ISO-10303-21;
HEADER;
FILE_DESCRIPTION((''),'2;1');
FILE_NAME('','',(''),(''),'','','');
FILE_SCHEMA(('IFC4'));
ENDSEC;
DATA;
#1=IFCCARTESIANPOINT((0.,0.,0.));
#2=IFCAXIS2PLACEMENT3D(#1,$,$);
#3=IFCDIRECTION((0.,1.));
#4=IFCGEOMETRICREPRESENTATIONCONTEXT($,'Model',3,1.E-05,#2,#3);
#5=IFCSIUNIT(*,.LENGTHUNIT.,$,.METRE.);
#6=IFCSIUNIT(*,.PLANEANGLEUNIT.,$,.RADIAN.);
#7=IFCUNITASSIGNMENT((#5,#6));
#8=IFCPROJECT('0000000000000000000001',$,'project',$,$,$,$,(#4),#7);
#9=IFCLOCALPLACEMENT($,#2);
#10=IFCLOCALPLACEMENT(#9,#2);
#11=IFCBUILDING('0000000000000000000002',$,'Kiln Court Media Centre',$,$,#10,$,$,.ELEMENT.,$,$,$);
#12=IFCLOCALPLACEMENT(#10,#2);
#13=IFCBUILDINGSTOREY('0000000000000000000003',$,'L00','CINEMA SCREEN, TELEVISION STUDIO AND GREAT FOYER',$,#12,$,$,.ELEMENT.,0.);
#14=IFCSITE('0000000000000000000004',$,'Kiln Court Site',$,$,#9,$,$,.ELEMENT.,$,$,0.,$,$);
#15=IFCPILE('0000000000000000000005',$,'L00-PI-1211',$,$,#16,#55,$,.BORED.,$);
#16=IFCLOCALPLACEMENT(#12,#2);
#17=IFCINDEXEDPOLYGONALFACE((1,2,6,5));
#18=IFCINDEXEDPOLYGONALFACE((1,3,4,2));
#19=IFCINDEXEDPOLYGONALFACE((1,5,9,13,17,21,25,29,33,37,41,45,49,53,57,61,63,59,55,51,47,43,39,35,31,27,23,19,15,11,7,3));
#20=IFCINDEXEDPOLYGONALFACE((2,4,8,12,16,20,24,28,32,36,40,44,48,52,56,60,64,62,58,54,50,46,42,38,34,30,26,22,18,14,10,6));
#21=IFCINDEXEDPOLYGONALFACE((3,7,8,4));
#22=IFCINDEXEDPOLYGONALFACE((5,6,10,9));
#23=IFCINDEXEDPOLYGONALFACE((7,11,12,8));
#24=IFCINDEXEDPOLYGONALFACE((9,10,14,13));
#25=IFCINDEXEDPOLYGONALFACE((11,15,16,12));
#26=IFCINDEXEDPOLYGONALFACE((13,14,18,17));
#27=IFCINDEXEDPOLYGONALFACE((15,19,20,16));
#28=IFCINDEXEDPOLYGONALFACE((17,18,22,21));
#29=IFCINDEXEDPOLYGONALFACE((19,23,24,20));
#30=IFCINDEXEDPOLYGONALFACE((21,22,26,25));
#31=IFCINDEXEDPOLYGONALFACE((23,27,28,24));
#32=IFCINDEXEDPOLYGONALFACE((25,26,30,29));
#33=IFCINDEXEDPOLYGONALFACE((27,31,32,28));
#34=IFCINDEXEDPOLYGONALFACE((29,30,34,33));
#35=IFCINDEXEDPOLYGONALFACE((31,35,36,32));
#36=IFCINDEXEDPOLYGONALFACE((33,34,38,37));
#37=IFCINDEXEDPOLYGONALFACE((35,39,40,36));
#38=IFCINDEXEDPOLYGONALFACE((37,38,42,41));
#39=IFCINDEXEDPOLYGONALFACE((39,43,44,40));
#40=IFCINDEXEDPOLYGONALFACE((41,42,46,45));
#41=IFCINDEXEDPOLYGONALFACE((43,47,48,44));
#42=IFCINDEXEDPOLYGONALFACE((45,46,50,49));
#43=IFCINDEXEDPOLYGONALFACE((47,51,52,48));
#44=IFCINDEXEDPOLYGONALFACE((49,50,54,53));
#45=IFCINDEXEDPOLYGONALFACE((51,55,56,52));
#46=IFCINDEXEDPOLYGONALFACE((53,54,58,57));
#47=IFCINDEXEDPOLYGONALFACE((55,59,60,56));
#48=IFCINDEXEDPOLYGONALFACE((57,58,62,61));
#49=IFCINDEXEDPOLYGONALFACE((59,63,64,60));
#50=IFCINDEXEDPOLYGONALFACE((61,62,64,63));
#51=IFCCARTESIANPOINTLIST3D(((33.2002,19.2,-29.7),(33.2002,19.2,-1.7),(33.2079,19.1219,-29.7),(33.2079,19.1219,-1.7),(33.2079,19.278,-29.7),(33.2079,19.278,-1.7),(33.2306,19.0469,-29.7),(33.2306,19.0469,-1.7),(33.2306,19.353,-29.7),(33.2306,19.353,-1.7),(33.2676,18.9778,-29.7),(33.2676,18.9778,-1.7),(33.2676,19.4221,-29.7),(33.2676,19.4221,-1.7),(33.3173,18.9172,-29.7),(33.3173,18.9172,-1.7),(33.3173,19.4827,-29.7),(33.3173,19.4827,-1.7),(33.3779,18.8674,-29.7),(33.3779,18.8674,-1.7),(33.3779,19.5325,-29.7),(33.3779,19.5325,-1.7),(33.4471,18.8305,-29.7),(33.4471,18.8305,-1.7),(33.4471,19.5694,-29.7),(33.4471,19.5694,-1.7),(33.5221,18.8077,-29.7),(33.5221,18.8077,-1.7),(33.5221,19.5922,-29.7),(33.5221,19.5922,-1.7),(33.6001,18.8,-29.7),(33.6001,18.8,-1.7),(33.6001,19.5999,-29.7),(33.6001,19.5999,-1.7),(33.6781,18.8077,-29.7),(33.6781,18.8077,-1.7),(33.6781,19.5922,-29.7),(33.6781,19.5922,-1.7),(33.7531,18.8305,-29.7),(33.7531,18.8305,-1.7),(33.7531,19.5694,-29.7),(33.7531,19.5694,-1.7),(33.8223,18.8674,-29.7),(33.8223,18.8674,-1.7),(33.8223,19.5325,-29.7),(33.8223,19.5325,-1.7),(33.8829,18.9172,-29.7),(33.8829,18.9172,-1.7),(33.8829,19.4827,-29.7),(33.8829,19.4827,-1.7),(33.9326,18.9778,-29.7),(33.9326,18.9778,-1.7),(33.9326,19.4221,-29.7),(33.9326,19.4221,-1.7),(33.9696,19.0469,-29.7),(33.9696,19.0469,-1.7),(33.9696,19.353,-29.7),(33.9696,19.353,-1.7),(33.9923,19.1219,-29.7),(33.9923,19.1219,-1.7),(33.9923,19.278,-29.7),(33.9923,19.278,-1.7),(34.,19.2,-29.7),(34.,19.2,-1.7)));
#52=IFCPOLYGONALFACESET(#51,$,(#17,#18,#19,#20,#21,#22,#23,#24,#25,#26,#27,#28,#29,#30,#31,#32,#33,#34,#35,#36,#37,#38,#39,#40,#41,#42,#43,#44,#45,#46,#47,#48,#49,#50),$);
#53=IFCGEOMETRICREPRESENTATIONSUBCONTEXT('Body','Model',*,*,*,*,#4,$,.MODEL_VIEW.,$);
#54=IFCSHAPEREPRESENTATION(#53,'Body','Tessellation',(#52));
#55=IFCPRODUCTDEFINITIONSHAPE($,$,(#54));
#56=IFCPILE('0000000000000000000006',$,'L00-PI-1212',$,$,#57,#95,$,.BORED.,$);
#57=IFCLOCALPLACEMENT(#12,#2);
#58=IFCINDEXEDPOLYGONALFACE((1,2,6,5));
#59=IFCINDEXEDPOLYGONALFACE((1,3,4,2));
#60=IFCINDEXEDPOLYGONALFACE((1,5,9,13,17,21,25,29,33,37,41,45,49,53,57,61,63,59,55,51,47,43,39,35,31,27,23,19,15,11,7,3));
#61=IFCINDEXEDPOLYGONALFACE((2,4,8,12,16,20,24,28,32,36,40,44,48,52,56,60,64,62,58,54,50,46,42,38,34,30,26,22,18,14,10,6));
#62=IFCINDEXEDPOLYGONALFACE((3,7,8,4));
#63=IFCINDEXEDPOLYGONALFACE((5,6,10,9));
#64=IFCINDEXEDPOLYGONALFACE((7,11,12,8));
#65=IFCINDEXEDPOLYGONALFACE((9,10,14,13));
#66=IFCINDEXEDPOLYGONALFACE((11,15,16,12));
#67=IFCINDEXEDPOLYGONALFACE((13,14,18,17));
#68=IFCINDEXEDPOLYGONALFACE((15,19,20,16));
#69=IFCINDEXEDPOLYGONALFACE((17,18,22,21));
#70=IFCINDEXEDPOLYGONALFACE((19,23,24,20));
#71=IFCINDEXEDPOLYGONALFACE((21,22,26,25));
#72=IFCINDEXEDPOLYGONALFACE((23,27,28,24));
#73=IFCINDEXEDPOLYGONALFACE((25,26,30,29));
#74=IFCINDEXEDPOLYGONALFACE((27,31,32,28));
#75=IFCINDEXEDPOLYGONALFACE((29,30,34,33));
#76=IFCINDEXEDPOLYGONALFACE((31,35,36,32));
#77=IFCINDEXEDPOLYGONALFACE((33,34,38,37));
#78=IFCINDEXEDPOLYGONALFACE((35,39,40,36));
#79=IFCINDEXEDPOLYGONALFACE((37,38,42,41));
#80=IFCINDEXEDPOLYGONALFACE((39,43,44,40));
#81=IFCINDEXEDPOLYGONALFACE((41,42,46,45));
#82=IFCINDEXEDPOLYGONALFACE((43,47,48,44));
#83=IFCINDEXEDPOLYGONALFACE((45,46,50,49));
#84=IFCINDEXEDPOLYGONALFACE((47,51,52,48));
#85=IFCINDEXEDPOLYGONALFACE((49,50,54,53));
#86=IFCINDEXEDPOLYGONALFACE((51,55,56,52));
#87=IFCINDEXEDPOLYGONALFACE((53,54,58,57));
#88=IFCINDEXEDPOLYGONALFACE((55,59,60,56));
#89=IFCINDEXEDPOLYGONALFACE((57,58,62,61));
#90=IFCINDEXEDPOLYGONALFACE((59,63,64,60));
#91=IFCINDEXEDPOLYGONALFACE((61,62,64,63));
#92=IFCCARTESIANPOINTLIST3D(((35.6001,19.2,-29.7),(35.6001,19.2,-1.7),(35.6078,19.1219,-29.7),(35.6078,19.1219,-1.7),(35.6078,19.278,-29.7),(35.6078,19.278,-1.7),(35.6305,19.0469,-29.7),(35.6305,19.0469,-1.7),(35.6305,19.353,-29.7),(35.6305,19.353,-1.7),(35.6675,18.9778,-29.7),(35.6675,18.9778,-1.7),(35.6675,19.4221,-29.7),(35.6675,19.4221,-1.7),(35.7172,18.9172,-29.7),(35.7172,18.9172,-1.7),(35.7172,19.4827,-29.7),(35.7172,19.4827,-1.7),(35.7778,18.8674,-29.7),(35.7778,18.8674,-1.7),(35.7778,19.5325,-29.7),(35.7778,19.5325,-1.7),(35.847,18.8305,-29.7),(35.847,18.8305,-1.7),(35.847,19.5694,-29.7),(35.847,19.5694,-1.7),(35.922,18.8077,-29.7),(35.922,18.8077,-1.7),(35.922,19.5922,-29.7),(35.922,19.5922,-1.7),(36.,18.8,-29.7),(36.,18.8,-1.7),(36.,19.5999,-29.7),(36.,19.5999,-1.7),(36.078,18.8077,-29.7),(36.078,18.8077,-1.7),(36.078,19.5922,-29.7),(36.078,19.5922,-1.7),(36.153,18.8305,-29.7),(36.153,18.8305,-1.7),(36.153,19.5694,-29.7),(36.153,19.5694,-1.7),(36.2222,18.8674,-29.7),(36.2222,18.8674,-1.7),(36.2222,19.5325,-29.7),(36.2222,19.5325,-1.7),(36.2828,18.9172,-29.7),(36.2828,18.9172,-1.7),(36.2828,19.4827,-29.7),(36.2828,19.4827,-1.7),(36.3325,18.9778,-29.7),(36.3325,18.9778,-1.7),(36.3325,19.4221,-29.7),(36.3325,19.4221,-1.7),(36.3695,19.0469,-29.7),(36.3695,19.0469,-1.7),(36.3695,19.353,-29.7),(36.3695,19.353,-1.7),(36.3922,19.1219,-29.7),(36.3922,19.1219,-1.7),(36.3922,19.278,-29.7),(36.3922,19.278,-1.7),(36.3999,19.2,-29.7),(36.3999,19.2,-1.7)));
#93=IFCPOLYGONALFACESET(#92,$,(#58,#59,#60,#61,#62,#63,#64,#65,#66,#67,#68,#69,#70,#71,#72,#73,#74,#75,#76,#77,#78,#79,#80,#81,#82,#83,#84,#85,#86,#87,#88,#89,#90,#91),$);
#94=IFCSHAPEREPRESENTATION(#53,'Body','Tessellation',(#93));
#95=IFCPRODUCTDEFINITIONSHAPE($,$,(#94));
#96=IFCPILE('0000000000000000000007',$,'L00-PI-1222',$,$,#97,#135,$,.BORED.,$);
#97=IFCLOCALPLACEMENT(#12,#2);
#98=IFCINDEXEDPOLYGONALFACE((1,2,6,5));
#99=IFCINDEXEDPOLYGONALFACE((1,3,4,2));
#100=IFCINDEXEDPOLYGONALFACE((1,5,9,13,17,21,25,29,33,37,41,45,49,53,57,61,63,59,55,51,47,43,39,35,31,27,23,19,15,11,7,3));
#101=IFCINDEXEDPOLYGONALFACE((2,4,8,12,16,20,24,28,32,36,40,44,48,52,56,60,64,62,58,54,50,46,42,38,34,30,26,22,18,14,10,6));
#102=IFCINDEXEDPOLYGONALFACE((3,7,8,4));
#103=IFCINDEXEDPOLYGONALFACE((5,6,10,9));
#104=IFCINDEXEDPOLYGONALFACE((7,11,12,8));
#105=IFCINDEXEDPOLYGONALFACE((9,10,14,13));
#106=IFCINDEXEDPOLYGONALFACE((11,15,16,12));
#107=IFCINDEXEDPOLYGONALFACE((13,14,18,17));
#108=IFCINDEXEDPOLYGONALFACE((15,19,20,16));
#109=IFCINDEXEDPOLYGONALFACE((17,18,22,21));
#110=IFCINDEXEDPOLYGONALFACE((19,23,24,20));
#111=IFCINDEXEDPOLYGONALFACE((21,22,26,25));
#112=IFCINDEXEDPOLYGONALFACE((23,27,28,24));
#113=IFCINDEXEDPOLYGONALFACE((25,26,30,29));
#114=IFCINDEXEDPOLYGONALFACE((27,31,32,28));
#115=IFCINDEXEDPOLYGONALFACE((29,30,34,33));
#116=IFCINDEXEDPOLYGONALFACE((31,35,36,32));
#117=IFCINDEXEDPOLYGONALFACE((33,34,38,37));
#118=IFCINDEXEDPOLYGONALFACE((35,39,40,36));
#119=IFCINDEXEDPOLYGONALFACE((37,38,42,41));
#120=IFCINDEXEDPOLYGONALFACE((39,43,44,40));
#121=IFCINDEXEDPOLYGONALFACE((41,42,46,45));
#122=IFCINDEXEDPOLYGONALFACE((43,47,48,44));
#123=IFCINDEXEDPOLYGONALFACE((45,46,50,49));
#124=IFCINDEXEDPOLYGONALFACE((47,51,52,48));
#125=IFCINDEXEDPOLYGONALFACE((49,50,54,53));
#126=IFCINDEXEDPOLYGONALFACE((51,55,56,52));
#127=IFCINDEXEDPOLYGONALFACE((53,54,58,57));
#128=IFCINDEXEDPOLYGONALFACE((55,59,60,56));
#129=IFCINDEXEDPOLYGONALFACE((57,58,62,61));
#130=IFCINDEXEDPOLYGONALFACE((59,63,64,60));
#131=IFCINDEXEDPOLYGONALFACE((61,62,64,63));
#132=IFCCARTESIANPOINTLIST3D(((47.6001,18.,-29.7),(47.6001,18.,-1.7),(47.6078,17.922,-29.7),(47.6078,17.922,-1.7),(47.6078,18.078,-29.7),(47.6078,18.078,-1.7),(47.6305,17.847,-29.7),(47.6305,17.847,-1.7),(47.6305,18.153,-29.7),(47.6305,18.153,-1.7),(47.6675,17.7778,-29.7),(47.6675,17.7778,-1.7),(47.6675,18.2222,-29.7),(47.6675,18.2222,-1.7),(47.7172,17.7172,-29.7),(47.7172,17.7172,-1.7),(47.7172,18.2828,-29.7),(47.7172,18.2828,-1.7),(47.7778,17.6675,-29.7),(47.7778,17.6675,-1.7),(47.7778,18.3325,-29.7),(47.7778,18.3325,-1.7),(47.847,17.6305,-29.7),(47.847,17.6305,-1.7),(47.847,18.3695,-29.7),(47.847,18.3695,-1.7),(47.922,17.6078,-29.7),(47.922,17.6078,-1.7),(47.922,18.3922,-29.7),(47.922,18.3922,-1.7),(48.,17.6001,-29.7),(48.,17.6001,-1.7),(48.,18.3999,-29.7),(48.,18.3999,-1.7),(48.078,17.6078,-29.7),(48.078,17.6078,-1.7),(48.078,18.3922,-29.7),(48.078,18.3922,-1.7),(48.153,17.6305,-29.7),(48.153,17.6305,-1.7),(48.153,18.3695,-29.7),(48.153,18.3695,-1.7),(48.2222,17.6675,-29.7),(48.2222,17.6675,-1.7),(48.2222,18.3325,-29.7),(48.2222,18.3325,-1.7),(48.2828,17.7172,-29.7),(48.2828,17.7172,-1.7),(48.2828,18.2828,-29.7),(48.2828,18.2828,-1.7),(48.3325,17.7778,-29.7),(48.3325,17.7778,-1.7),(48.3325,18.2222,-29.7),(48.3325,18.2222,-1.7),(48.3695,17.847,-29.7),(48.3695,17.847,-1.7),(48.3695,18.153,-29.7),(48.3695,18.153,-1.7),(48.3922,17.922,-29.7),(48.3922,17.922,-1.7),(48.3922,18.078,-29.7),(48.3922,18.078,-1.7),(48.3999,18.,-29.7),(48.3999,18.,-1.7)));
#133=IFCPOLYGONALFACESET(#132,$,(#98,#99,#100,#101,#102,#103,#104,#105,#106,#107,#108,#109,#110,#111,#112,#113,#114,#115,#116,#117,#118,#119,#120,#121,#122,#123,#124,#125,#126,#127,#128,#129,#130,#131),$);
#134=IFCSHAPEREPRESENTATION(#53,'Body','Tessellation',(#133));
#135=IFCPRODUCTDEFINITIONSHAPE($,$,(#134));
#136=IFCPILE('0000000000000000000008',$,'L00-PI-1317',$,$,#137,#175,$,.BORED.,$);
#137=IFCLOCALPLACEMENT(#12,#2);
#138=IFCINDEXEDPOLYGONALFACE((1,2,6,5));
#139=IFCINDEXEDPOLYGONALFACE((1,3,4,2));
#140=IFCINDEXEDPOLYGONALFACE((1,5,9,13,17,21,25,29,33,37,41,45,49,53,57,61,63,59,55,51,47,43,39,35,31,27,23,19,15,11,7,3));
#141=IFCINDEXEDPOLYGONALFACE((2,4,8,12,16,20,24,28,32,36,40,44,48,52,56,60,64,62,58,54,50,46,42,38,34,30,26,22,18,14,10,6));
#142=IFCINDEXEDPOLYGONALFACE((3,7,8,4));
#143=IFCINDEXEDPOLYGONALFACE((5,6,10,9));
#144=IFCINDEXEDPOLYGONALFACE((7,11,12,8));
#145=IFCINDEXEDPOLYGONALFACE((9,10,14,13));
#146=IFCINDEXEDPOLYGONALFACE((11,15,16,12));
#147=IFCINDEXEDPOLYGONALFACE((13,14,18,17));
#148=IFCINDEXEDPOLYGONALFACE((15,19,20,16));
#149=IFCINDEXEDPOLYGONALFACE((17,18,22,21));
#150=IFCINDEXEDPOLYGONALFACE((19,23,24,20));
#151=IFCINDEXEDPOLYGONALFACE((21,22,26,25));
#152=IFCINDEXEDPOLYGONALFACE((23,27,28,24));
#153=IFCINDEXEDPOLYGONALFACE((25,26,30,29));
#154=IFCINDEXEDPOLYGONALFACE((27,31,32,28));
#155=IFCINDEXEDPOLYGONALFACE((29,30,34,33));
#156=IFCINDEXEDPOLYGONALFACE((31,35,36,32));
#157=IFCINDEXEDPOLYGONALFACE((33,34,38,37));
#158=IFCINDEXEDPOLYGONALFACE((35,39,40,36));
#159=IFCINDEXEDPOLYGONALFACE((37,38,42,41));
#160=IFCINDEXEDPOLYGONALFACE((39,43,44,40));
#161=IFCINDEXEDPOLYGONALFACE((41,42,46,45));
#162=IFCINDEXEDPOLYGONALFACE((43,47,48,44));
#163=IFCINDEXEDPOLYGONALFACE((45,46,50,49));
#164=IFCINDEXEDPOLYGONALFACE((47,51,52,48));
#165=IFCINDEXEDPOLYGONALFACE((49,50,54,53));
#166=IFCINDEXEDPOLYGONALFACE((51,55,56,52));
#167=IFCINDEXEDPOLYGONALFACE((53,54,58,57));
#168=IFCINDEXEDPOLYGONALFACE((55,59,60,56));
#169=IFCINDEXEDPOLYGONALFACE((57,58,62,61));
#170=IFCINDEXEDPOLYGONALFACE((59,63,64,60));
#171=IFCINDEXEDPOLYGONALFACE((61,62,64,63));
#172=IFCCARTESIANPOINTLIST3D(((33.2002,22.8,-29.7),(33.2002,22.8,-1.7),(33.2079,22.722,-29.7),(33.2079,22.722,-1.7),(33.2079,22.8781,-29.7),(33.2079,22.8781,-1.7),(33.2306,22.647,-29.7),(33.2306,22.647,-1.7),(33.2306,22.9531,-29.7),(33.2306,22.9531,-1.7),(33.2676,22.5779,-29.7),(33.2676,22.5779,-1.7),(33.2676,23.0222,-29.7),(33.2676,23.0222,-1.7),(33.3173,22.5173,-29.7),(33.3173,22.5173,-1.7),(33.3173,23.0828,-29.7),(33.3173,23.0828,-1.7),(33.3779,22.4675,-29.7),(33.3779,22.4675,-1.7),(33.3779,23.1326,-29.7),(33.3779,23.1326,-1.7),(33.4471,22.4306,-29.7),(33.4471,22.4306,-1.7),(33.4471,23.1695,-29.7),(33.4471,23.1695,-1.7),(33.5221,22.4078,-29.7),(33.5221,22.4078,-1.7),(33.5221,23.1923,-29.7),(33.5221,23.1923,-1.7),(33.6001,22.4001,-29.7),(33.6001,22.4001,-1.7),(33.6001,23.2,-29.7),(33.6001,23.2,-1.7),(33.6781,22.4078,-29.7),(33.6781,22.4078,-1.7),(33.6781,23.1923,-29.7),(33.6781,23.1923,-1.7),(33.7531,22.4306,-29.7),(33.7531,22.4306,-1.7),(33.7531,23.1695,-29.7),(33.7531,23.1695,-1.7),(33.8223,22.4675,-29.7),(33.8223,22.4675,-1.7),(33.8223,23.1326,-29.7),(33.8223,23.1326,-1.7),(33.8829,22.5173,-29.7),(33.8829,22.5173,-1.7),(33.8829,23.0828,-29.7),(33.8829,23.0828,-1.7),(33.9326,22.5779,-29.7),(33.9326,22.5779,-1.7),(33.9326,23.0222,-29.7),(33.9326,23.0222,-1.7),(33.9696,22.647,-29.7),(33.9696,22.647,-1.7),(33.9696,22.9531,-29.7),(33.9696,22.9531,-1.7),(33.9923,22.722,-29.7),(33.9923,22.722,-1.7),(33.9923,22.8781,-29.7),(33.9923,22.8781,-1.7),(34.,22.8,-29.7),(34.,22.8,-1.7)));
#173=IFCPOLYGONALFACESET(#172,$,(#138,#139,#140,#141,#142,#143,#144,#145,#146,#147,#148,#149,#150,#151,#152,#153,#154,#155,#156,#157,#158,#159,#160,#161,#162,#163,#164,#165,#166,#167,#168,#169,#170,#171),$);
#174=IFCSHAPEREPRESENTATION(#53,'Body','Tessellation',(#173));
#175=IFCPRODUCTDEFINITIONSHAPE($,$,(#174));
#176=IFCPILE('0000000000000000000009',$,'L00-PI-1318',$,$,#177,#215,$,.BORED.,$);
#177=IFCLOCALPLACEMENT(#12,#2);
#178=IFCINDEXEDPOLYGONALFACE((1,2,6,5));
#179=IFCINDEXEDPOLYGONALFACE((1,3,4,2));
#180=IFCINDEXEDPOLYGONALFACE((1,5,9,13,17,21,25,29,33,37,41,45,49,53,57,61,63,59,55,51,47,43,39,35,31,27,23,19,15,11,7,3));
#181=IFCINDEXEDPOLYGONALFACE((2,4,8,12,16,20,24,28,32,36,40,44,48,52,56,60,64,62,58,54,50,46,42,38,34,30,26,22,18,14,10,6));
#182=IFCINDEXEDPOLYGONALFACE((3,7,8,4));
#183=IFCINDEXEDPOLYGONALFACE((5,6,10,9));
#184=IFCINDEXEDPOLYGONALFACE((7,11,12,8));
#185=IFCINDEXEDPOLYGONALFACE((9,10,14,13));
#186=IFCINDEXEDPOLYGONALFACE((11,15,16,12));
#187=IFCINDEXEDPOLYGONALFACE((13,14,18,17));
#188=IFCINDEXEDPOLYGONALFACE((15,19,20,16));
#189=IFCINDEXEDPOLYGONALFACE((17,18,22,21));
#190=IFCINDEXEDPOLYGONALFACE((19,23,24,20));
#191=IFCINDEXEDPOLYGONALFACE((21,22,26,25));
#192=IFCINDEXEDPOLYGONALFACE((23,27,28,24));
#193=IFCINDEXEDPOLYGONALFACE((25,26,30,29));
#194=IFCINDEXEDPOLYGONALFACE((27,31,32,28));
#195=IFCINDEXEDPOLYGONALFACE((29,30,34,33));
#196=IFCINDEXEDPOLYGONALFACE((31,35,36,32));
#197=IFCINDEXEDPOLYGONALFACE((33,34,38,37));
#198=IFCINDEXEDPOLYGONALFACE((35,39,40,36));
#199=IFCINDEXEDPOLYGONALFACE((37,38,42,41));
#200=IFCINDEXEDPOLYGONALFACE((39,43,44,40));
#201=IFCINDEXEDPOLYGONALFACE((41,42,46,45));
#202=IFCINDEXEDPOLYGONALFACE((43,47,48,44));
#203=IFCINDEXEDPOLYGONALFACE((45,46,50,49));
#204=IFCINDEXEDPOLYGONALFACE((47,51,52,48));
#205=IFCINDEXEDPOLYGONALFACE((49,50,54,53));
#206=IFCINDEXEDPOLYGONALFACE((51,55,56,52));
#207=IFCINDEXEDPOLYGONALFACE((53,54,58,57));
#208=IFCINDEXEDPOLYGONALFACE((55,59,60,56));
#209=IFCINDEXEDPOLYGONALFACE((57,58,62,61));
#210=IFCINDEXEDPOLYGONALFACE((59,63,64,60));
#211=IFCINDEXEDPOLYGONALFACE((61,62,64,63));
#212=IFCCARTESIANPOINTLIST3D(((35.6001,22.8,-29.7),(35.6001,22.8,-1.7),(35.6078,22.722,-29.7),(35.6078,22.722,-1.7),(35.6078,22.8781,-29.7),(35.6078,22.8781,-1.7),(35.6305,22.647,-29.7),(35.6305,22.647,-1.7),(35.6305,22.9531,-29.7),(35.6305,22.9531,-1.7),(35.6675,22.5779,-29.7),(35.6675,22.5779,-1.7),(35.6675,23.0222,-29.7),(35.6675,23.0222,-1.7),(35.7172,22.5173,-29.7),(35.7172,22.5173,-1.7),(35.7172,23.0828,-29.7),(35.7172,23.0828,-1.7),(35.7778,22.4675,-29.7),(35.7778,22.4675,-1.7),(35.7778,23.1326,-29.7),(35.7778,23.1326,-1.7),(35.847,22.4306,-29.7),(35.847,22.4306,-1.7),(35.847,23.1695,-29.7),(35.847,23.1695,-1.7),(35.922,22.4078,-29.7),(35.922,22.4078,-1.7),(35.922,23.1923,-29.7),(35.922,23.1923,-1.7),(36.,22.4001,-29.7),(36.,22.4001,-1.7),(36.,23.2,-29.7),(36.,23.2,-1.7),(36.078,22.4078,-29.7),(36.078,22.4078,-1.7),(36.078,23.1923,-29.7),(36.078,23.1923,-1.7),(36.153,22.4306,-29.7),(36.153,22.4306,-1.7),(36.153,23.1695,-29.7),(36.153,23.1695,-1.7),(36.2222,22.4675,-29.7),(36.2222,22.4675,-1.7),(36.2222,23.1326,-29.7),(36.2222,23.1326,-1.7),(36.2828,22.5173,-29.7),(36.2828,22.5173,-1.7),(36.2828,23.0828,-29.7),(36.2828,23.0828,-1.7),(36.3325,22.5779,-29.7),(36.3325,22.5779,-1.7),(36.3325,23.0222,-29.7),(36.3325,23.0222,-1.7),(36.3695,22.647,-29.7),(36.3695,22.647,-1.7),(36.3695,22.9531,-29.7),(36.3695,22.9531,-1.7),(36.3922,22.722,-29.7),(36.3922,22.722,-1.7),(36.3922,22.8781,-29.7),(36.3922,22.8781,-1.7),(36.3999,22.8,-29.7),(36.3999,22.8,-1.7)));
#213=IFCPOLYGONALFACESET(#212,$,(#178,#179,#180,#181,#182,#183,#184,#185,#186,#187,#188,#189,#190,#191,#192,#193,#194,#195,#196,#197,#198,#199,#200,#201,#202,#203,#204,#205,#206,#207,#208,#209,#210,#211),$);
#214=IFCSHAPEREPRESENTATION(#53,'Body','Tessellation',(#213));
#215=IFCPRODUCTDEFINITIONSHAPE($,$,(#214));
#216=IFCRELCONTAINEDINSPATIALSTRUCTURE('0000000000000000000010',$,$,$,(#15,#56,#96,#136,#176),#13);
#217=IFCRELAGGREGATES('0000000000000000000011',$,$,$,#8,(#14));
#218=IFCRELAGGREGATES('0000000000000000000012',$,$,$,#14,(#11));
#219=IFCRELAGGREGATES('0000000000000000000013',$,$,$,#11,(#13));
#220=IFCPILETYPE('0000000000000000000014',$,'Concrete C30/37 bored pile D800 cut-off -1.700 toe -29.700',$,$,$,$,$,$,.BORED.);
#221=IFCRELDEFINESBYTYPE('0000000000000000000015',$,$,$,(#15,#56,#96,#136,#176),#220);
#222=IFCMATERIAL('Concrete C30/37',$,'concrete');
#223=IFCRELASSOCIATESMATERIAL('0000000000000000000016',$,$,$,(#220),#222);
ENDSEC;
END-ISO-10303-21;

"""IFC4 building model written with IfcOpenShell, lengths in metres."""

from ifc_helpers import new_model, si_unit, direction, frame, origin, origin_2d, place, context, subcontext, project, spatial, circle, extrude, material, material_profile, profile_set, type_object, element, save


model = new_model("IFC4")

# Units and contexts
model_context = context("Model", 3, precision=1e-05, world=origin(), true_north=direction((0.0, 1.0)))
body_context = subcontext(model_context, "Body", "Model", "MODEL_VIEW")
ifc_project = project(units=[si_unit("LENGTHUNIT", "METRE"), si_unit("PLANEANGLEUNIT", "RADIAN")], contexts=[model_context])

# Site, building, storey
site_placement = place(None, origin())
site = spatial("IfcSite", under=ifc_project, at=site_placement, Name="Kiln Court Site", CompositionType="ELEMENT", RefElevation=0.0)
building_placement = place(site_placement, origin())
building = spatial("IfcBuilding", under=site, at=building_placement, Name="Kiln Court Media Centre", CompositionType="ELEMENT")
storey_placement = place(building_placement, origin())
storey = spatial("IfcBuildingStorey", under=building, at=storey_placement, Name="L00", Description="CINEMA SCREEN, TELEVISION STUDIO AND GREAT FOYER", CompositionType="ELEMENT", Elevation=0.0)

# Piles
ifc_material_1 = material(Name="Concrete C30/37", Category="concrete")
ifc_material_profile_1 = material_profile(ifc_material_1, circle(Radius=0.3999, at=origin_2d()), Name="PILE D800")
ifc_profile_set_1 = profile_set([ifc_material_profile_1], Name="Concrete C30/37")
pile_type_1 = type_object("IfcPileType", Name="Concrete C30/37 bored pile D800 cut-off -1.700 toe -29.700", PredefinedType="BORED", material=ifc_profile_set_1)
for number, where, z_axis, x_axis, name in (
    (1, (33.6001, 19.2, -1.7), (0.0, 0.0, -1.0), (1.0, 0.0, 0.0), "L00-PI-1211"),
    (2, (36.0, 19.2, -1.7), (0.0, 0.0, -1.0), (1.0, 0.0, 0.0), "L00-PI-1212"),
    (3, (48.0, 18.0, -1.7), (0.0, 0.0, -1.0), (1.0, 0.0, 0.0), "L00-PI-1222"),
    (4, (33.6001, 22.8, -1.7), (0.0, 0.0, -1.0), (1.0, 0.0, 0.0), "L00-PI-1317"),
    (5, (36.0, 22.8, -1.7), (0.0, 0.0, -1.0), (1.0, 0.0, 0.0), "L00-PI-1318"),
):
    element("IfcPile", number, at=place(storey_placement, frame(where, z_axis=z_axis, x_axis=x_axis)), inside=storey, type_object=pile_type_1, Name=name, PredefinedType="BORED", context=body_context, shape_type="SweptSolid", body=[
        extrude(circle(Radius=0.3999, at=origin_2d()), origin(), (0.0, 0.0, 1.0), 28.0),
    ])

save(model, "model.ifc")
